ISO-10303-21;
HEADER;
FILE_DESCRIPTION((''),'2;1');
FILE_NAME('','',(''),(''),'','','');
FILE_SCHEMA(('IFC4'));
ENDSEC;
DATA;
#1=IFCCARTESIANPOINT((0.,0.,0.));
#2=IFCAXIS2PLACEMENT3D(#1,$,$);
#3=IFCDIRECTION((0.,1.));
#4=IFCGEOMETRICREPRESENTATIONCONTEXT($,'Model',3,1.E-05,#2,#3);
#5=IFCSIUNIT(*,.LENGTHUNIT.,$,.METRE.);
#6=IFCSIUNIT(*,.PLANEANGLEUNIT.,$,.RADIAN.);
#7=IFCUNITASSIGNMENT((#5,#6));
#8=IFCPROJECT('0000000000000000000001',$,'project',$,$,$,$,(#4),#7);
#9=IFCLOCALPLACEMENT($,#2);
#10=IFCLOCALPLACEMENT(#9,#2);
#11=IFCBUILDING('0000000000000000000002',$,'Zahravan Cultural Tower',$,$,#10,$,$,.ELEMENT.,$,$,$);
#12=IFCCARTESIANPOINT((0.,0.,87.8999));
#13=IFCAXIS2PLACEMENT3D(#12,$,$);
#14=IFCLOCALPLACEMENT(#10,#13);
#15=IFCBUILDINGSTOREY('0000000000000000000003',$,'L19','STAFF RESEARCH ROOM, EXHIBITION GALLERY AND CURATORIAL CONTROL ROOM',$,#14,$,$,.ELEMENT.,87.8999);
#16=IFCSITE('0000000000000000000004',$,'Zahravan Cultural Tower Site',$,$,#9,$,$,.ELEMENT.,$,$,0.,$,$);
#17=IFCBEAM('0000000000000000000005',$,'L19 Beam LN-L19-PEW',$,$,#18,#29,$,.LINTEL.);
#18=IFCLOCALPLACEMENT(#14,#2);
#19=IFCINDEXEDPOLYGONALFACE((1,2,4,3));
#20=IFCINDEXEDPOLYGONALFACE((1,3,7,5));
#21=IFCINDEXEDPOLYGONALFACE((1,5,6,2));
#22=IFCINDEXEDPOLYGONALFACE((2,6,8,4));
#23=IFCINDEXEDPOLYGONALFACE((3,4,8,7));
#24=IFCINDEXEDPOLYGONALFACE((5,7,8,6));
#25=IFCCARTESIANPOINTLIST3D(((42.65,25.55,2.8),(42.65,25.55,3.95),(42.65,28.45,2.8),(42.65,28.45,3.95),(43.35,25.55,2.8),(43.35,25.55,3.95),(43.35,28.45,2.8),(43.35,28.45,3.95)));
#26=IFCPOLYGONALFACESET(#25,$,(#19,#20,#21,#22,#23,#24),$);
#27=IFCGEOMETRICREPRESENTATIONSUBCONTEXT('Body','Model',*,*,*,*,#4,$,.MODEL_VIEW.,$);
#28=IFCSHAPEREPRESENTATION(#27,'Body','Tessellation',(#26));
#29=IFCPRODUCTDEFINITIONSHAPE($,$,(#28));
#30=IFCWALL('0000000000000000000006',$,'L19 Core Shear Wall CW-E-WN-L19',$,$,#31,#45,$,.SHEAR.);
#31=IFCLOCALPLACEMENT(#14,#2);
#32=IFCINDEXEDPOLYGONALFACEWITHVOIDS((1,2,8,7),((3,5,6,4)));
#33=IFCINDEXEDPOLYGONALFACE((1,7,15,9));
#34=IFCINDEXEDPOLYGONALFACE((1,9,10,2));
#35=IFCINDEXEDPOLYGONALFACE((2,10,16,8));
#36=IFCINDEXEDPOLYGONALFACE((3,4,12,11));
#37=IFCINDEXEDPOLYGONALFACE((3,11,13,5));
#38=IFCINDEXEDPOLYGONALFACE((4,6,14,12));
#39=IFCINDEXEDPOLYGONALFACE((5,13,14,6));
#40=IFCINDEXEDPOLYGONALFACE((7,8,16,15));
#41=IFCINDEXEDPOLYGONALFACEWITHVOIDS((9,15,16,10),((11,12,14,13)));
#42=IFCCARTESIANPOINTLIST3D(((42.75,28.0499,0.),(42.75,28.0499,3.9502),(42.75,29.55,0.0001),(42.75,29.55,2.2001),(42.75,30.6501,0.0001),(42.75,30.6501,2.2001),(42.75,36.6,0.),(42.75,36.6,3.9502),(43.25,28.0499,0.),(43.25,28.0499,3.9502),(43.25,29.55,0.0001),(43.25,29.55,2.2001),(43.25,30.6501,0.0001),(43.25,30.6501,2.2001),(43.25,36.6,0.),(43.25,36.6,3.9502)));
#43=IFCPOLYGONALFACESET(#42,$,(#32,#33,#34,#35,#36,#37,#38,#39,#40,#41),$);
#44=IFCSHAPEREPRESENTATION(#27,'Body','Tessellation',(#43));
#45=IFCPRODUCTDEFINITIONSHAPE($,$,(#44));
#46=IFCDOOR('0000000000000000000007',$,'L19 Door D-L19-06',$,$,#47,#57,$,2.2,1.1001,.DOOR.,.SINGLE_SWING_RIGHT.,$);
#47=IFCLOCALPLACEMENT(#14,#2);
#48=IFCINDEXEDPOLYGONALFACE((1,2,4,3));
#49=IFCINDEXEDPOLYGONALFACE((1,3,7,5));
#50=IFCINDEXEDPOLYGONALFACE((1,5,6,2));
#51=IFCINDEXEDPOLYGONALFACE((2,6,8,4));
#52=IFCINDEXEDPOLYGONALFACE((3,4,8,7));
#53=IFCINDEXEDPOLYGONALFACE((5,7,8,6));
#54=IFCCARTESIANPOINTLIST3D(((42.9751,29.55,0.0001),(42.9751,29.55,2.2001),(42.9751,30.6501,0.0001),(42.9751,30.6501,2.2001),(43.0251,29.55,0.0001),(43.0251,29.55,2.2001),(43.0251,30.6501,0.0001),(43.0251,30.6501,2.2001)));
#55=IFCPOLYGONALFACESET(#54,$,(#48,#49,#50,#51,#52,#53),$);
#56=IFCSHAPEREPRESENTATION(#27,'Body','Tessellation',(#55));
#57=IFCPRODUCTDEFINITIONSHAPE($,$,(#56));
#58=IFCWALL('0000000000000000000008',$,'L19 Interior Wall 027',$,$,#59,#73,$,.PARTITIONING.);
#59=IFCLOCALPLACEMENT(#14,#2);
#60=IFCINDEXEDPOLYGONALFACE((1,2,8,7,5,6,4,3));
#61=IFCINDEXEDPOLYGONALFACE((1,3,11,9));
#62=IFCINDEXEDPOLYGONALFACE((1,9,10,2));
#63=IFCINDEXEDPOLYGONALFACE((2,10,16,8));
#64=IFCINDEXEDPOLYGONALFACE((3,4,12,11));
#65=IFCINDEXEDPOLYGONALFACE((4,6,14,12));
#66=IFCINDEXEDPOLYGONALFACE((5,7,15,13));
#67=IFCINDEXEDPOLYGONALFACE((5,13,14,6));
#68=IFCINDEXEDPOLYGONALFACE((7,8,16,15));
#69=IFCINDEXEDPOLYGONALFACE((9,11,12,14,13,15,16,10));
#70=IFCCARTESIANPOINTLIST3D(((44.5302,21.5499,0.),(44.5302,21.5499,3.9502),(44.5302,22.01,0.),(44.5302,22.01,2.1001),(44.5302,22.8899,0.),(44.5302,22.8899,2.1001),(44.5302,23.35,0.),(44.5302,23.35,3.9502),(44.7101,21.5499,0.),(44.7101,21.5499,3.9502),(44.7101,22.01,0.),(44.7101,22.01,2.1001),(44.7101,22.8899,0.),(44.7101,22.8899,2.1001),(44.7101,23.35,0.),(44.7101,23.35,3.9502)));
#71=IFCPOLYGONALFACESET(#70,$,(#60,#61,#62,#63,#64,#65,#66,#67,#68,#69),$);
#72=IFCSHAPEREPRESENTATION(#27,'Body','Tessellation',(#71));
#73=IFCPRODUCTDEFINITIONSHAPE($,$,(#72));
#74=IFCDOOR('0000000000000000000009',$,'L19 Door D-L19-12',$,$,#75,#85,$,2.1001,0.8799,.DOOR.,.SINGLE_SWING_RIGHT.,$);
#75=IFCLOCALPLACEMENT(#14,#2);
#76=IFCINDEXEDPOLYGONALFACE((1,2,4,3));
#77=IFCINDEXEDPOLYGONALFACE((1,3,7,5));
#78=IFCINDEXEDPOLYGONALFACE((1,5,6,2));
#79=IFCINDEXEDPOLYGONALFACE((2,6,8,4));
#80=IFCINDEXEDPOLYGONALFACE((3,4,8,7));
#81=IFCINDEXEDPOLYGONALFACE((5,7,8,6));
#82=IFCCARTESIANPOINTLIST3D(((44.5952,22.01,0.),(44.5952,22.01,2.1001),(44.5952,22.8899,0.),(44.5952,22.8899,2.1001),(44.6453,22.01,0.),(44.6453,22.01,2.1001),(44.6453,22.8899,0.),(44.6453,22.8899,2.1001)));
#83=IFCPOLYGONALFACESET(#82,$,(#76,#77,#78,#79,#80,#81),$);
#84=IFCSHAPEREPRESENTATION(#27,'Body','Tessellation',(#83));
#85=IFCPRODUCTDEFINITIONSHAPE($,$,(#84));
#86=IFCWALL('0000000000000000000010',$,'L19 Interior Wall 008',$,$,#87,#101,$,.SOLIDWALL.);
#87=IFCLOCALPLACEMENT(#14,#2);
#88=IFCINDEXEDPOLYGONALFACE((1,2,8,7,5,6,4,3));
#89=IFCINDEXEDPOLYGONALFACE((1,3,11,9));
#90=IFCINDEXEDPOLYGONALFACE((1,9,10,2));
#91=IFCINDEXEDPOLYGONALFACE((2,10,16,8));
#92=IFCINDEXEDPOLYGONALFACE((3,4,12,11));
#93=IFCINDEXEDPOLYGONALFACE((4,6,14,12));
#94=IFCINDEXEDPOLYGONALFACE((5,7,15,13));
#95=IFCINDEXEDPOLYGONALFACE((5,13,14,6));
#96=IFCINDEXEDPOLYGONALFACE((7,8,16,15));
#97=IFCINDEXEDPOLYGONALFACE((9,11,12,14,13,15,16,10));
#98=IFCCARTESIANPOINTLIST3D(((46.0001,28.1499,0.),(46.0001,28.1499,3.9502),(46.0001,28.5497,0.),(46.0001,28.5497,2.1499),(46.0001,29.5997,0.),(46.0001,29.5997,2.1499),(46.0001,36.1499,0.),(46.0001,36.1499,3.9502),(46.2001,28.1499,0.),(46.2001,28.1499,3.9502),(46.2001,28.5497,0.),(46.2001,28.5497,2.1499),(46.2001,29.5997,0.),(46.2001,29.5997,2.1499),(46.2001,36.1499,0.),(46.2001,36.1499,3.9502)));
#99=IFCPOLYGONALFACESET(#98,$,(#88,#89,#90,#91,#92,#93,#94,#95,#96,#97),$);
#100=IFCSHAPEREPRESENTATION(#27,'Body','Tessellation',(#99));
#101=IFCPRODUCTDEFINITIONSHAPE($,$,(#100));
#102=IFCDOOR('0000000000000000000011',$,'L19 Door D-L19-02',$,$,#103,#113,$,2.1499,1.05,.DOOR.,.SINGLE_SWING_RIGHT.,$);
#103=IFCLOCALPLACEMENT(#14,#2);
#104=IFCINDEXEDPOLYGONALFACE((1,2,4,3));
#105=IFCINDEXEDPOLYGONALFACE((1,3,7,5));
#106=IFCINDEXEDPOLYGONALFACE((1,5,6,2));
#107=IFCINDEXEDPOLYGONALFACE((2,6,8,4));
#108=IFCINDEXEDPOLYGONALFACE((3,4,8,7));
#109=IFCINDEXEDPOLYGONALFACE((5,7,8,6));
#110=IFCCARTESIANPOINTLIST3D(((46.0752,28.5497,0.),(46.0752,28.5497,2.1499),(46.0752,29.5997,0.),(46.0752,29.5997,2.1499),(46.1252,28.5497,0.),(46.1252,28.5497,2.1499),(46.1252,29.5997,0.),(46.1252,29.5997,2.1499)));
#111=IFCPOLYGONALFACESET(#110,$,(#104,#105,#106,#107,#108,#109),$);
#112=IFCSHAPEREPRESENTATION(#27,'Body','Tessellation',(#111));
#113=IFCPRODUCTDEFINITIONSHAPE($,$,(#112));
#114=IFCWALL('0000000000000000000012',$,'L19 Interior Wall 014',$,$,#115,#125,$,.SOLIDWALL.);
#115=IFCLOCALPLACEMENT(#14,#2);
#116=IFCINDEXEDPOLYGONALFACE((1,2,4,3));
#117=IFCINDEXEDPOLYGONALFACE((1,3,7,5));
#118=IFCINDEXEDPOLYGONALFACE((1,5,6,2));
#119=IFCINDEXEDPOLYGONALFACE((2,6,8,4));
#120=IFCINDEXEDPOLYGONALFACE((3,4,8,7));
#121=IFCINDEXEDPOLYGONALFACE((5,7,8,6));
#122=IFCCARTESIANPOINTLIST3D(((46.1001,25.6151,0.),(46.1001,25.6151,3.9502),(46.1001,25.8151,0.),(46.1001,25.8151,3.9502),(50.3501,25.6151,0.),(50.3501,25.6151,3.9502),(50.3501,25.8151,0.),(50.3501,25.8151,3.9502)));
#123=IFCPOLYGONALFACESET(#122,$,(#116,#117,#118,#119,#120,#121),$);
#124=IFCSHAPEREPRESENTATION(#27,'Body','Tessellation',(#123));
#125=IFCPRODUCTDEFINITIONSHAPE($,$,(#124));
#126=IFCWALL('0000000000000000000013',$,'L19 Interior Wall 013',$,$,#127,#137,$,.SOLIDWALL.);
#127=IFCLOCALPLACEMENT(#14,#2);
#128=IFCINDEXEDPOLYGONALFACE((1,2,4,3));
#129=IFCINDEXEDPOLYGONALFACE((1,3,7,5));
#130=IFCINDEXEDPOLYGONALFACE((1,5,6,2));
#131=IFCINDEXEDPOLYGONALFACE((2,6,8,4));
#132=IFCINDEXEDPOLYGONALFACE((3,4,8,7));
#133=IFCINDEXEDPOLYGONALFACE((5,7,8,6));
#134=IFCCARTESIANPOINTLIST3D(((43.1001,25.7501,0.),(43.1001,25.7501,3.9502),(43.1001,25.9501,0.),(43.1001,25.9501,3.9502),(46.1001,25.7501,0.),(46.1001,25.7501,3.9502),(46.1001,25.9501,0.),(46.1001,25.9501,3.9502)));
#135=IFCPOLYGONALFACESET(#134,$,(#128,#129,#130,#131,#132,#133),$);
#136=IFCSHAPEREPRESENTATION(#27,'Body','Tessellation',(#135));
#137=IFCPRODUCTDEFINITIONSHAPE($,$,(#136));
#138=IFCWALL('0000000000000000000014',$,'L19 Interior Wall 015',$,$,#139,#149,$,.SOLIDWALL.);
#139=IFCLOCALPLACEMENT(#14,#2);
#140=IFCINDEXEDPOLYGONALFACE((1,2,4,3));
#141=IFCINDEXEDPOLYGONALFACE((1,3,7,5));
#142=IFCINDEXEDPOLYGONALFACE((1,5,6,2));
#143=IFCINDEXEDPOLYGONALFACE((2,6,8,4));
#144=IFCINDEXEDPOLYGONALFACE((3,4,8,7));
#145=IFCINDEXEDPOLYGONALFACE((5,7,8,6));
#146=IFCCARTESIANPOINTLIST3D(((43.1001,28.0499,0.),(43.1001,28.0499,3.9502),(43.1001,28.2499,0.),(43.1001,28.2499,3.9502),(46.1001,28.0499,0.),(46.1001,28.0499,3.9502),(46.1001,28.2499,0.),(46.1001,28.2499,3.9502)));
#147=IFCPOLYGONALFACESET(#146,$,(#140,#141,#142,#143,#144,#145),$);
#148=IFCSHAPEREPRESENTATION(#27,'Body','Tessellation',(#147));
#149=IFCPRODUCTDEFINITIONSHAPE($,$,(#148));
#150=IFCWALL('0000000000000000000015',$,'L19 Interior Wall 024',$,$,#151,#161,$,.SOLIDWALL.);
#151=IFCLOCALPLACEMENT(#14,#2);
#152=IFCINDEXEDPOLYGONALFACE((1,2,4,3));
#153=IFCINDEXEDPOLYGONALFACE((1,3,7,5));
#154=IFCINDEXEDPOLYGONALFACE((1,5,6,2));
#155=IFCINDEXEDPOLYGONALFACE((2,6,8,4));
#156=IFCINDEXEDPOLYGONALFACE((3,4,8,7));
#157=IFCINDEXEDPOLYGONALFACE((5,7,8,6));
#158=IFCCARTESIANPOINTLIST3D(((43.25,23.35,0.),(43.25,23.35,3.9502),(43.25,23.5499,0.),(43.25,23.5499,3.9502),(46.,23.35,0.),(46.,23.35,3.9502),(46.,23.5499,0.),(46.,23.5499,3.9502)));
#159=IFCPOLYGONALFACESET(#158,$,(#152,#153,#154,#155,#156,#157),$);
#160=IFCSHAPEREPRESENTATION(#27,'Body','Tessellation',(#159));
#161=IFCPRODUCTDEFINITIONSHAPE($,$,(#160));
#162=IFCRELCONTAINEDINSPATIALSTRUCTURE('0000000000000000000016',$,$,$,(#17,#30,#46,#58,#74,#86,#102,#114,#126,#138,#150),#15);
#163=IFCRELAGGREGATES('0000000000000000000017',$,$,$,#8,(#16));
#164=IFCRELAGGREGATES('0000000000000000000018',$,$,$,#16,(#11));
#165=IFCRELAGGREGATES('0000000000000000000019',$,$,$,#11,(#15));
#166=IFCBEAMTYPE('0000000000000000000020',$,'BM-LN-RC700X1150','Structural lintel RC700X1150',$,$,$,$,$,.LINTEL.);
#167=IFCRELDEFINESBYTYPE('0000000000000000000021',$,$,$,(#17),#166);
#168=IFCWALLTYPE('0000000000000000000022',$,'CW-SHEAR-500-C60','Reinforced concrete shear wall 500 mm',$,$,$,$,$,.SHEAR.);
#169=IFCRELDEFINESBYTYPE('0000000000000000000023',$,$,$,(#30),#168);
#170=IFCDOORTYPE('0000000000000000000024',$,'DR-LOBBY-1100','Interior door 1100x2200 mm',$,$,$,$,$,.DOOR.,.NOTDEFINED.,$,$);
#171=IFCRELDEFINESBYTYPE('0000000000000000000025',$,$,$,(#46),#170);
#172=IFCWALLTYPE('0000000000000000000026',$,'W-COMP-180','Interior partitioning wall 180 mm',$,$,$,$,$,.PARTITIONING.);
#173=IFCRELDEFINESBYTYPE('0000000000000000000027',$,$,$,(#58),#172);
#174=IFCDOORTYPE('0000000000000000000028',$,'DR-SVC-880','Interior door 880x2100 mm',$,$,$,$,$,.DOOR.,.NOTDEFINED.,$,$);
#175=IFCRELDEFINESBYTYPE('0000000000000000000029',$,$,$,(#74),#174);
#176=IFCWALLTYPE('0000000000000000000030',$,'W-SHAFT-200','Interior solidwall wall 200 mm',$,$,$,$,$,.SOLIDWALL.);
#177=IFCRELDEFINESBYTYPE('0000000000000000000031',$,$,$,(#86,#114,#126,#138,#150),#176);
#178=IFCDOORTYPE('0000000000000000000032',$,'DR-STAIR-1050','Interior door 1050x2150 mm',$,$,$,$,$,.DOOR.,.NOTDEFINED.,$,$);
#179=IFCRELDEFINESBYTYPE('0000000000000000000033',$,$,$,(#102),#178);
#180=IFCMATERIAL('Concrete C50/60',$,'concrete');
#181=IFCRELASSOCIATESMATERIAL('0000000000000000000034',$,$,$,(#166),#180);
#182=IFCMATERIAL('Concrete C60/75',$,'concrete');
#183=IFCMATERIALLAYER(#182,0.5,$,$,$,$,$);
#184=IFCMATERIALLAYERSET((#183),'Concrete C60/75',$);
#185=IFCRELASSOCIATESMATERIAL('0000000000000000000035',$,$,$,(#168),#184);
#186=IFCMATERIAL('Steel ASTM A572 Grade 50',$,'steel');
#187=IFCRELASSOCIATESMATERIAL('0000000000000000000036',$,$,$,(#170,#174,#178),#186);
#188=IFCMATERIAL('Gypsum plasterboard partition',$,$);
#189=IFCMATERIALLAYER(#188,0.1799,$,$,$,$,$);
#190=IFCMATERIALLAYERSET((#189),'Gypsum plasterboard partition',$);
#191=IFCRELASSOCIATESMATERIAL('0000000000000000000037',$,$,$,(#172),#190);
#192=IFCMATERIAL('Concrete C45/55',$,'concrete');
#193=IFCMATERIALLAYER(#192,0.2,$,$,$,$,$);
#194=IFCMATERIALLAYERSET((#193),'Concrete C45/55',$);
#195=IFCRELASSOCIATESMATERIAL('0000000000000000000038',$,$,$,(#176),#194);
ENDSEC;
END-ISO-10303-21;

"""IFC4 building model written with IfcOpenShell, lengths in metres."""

from ifc_helpers import new_model, si_unit, direction, frame, frame_2d, origin, origin_2d, place, context, subcontext, project, spatial, rectangle, extrude, source, transform, mapped, material, layer, layer_set, material_profile, profile_set, type_object, element, fill, save


model = new_model("IFC4")

# Units and contexts
model_context = context("Model", 3, precision=1e-05, world=origin(), true_north=direction((0.0, 1.0)))
body_context = subcontext(model_context, "Body", "Model", "MODEL_VIEW")
ifc_project = project(units=[si_unit("LENGTHUNIT", "METRE"), si_unit("PLANEANGLEUNIT", "RADIAN")], contexts=[model_context])

# Site, building, storey
site_placement = place(None, origin())
site = spatial("IfcSite", under=ifc_project, at=site_placement, Name="Zahravan Cultural Tower Site", CompositionType="ELEMENT", RefElevation=0.0)
building_placement = place(site_placement, origin())
building = spatial("IfcBuilding", under=site, at=building_placement, Name="Zahravan Cultural Tower", CompositionType="ELEMENT")
storey_placement = place(building_placement, frame((0.0, 0.0, 87.8999)))
storey = spatial("IfcBuildingStorey", under=building, at=storey_placement, Name="L19", Description="STAFF RESEARCH ROOM, EXHIBITION GALLERY AND CURATORIAL CONTROL ROOM", CompositionType="ELEMENT", Elevation=87.8999)

# Beam
ifc_material_1 = material(Name="Concrete C50/60", Category="concrete")
ifc_material_profile = material_profile(ifc_material_1, rectangle(XDim=0.7, YDim=1.1499, at=origin_2d()), Name="RC700X1150")
ifc_profile_set = profile_set([ifc_material_profile], Name="Concrete C50/60")
beam_type = type_object("IfcBeamType", Name="BM-LN-RC700X1150", Description="Structural lintel RC700X1150", PredefinedType="LINTEL", material=ifc_profile_set)
shared_shape_1 = source(origin(), body_context, "Body", "SweptSolid", [
    extrude(rectangle(XDim=0.7, YDim=1.1499, at=origin_2d()), origin(), (0.0, 0.0, 1.0), 2.8999),
])
beam_placement = place(storey_placement, frame((43.0, 25.55, 3.375), z_axis=(0.0, 1.0, 0.0), x_axis=(-1.0, 0.0, 0.0)))
element("IfcBeam", 1, at=beam_placement, inside=storey, type_object=beam_type, Name="L19 Beam LN-L19-PEW", PredefinedType="LINTEL", context=body_context, shape_type="MappedRepresentation", body=[
    mapped(shared_shape_1, transform((0.0, 0.0, 0.0), x_axis=(1.0, 0.0, 0.0), y_axis=(0.0, 1.0, 0.0), z_axis=(0.0, 0.0, 1.0), scale=1.0)),
])

# Walls, openings, doors
ifc_material_2 = material(Name="Concrete C60/75", Category="concrete")
ifc_layer_1 = layer(ifc_material_2, 0.5)
ifc_layer_set_1 = layer_set([ifc_layer_1], Name="Concrete C60/75")
wall_type_1 = type_object("IfcWallType", Name="CW-SHEAR-500-C60", Description="Reinforced concrete shear wall 500 mm", PredefinedType="SHEAR", material=ifc_layer_set_1)
wall_1_placement = place(storey_placement, frame((43.0, 28.05, 0.0), z_axis=(0.0, 0.0, 1.0), x_axis=(0.0, 1.0, 0.0)))
wall_1 = element("IfcWall", 2, at=wall_1_placement, inside=storey, type_object=wall_type_1, Name="L19 Core Shear Wall CW-E-WN-L19", PredefinedType="SHEAR", context=body_context, shape_type="SweptSolid", body=[
    extrude(rectangle(XDim=8.55, YDim=0.5, at=frame_2d((4.2749, 0.0))), origin(), (0.0, 0.0, 1.0), 3.9502),
])
opening_1_placement = place(wall_1_placement, frame((1.5, 0.0, 0.0)))
opening_1 = element("IfcOpeningElement", 3, at=opening_1_placement, cuts=wall_1, PredefinedType="OPENING", context=body_context, shape_type="SweptSolid", body=[
    extrude(rectangle(XDim=1.1001, YDim=2.2, at=frame_2d((0.55, 1.1001))), frame((0.0, 0.26, 0.0), z_axis=(0.0, -1.0, 0.0), x_axis=(1.0, 0.0, 0.0)), (0.0, 0.0, 1.0), 0.52),
])
ifc_material_3 = material(Name="Steel ASTM A572 Grade 50", Category="steel")
door_type_1 = type_object("IfcDoorType", Name="DR-LOBBY-1100", Description="Interior door 1100x2200 mm", OperationType="NOTDEFINED", PredefinedType="DOOR", material=ifc_material_3)
shared_shape_2 = source(origin(), body_context, "Body", "SweptSolid", [
    extrude(rectangle(XDim=1.1001, YDim=2.2, at=frame_2d((0.55, 1.1001))), frame((0.0, 0.0249, 0.0), z_axis=(0.0, -1.0, 0.0), x_axis=(1.0, 0.0, 0.0)), (0.0, 0.0, 1.0), 0.05),
])
door_1_placement = place(opening_1_placement, origin())
door_1 = element("IfcDoor", 4, at=door_1_placement, inside=storey, type_object=door_type_1, Name="L19 Door D-L19-06", OperationType="SINGLE_SWING_RIGHT", OverallHeight=2.2, OverallWidth=1.1001, PredefinedType="DOOR", context=body_context, shape_type="MappedRepresentation", body=[
    mapped(shared_shape_2, transform((0.0, 0.0, 0.0), x_axis=(1.0, 0.0, 0.0), y_axis=(0.0, 1.0, 0.0), z_axis=(0.0, 0.0, 1.0), scale=1.0)),
])
fill(opening_1, door_1)
ifc_material_4 = material(Name="Gypsum plasterboard partition")
ifc_layer_2 = layer(ifc_material_4, 0.1799)
ifc_layer_set_2 = layer_set([ifc_layer_2], Name="Gypsum plasterboard partition")
wall_type_2 = type_object("IfcWallType", Name="W-COMP-180", Description="Interior partitioning wall 180 mm", PredefinedType="PARTITIONING", material=ifc_layer_set_2)
wall_2_placement = place(storey_placement, frame((44.6201, 21.55, 0.0), z_axis=(0.0, 0.0, 1.0), x_axis=(0.0, 1.0, 0.0)))
wall_2 = element("IfcWall", 5, at=wall_2_placement, inside=storey, type_object=wall_type_2, Name="L19 Interior Wall 027", PredefinedType="PARTITIONING", context=body_context, shape_type="SweptSolid", body=[
    extrude(rectangle(XDim=1.8, YDim=0.1799, at=frame_2d((0.8999, 0.0))), origin(), (0.0, 0.0, 1.0), 3.9502),
])
opening_2_placement = place(wall_2_placement, frame((0.46, 0.0, 0.0)))
opening_2 = element("IfcOpeningElement", 6, at=opening_2_placement, cuts=wall_2, PredefinedType="OPENING", context=body_context, shape_type="SweptSolid", body=[
    extrude(rectangle(XDim=0.8799, YDim=2.1001, at=frame_2d((0.4399, 1.05))), frame((0.0, 0.0999, 0.0), z_axis=(0.0, -1.0, 0.0), x_axis=(1.0, 0.0, 0.0)), (0.0, 0.0, 1.0), 0.2),
])
door_type_2 = type_object("IfcDoorType", Name="DR-SVC-880", Description="Interior door 880x2100 mm", OperationType="NOTDEFINED", PredefinedType="DOOR", material=ifc_material_3)
shared_shape_3 = source(origin(), body_context, "Body", "SweptSolid", [
    extrude(rectangle(XDim=0.8799, YDim=2.1001, at=frame_2d((0.4399, 1.05))), frame((0.0, 0.0249, 0.0), z_axis=(0.0, -1.0, 0.0), x_axis=(1.0, 0.0, 0.0)), (0.0, 0.0, 1.0), 0.05),
])
door_2_placement = place(opening_2_placement, origin())
door_2 = element("IfcDoor", 7, at=door_2_placement, inside=storey, type_object=door_type_2, Name="L19 Door D-L19-12", OperationType="SINGLE_SWING_RIGHT", OverallHeight=2.1001, OverallWidth=0.8799, PredefinedType="DOOR", context=body_context, shape_type="MappedRepresentation", body=[
    mapped(shared_shape_3, transform((0.0, 0.0, 0.0), x_axis=(1.0, 0.0, 0.0), y_axis=(0.0, 1.0, 0.0), z_axis=(0.0, 0.0, 1.0), scale=1.0)),
])
fill(opening_2, door_2)
ifc_material_5 = material(Name="Concrete C45/55", Category="concrete")
ifc_layer_3 = layer(ifc_material_5, 0.2)
ifc_layer_set_3 = layer_set([ifc_layer_3], Name="Concrete C45/55")
wall_type_3 = type_object("IfcWallType", Name="W-SHAFT-200", Description="Interior solidwall wall 200 mm", PredefinedType="SOLIDWALL", material=ifc_layer_set_3)
wall_3_placement = place(storey_placement, frame((46.1001, 28.1499, 0.0), z_axis=(0.0, 0.0, 1.0), x_axis=(0.0, 1.0, 0.0)))
wall_3 = element("IfcWall", 8, at=wall_3_placement, inside=storey, type_object=wall_type_3, Name="L19 Interior Wall 008", PredefinedType="SOLIDWALL", context=body_context, shape_type="SweptSolid", body=[
    extrude(rectangle(XDim=8.0, YDim=0.2, at=frame_2d((4.0, 0.0))), origin(), (0.0, 0.0, 1.0), 3.9502),
])
opening_3_placement = place(wall_3_placement, frame((0.3999, 0.0, 0.0)))
opening_3 = element("IfcOpeningElement", 9, at=opening_3_placement, cuts=wall_3, PredefinedType="OPENING", context=body_context, shape_type="SweptSolid", body=[
    extrude(rectangle(XDim=1.05, YDim=2.1499, at=frame_2d((0.5249, 1.075))), frame((0.0, 0.1099, 0.0), z_axis=(0.0, -1.0, 0.0), x_axis=(1.0, 0.0, 0.0)), (0.0, 0.0, 1.0), 0.22),
])
door_type_3 = type_object("IfcDoorType", Name="DR-STAIR-1050", Description="Interior door 1050x2150 mm", OperationType="NOTDEFINED", PredefinedType="DOOR", material=ifc_material_3)
shared_shape_4 = source(origin(), body_context, "Body", "SweptSolid", [
    extrude(rectangle(XDim=1.05, YDim=2.1499, at=frame_2d((0.5249, 1.075))), frame((0.0, 0.0249, 0.0), z_axis=(0.0, -1.0, 0.0), x_axis=(1.0, 0.0, 0.0)), (0.0, 0.0, 1.0), 0.05),
])
door_3_placement = place(opening_3_placement, origin())
door_3 = element("IfcDoor", 10, at=door_3_placement, inside=storey, type_object=door_type_3, Name="L19 Door D-L19-02", OperationType="SINGLE_SWING_RIGHT", OverallHeight=2.1499, OverallWidth=1.05, PredefinedType="DOOR", context=body_context, shape_type="MappedRepresentation", body=[
    mapped(shared_shape_4, transform((0.0, 0.0, 0.0), x_axis=(1.0, 0.0, 0.0), y_axis=(0.0, 1.0, 0.0), z_axis=(0.0, 0.0, 1.0), scale=1.0)),
])
fill(opening_3, door_3)

# Walls
shared_shape_5 = source(origin(), body_context, "Body", "SweptSolid", [
    extrude(rectangle(XDim=4.25, YDim=0.2, at=frame_2d((2.125, 0.0))), origin(), (0.0, 0.0, 1.0), 3.9502),
])
wall_4_placement = place(storey_placement, frame((46.1001, 25.7151, 0.0), z_axis=(0.0, 0.0, 1.0), x_axis=(1.0, 0.0, 0.0)))
element("IfcWall", 11, at=wall_4_placement, inside=storey, type_object=wall_type_3, Name="L19 Interior Wall 014", PredefinedType="SOLIDWALL", context=body_context, shape_type="MappedRepresentation", body=[
    mapped(shared_shape_5, transform((0.0, 0.0, 0.0), x_axis=(1.0, 0.0, 0.0), y_axis=(0.0, 1.0, 0.0), z_axis=(0.0, 0.0, 1.0), scale=1.0)),
])
shared_shape_6 = source(origin(), body_context, "Body", "SweptSolid", [
    extrude(rectangle(XDim=3.0, YDim=0.2, at=frame_2d((1.5, 0.0))), origin(), (0.0, 0.0, 1.0), 3.9502),
])
for number, where, z_axis, x_axis, name in (
    (12, (43.1001, 25.8501, 0.0), (0.0, 0.0, 1.0), (1.0, 0.0, 0.0), "L19 Interior Wall 013"),
    (13, (43.1001, 28.1499, 0.0), (0.0, 0.0, 1.0), (1.0, 0.0, 0.0), "L19 Interior Wall 015"),
):
    element("IfcWall", number, at=place(storey_placement, frame(where, z_axis=z_axis, x_axis=x_axis)), inside=storey, type_object=wall_type_3, Name=name, PredefinedType="SOLIDWALL", context=body_context, shape_type="MappedRepresentation", body=[
        mapped(shared_shape_6, transform((0.0, 0.0, 0.0), x_axis=(1.0, 0.0, 0.0), y_axis=(0.0, 1.0, 0.0), z_axis=(0.0, 0.0, 1.0), scale=1.0)),
    ])
shared_shape_7 = source(origin(), body_context, "Body", "SweptSolid", [
    extrude(rectangle(XDim=2.75, YDim=0.2, at=frame_2d((1.375, 0.0))), origin(), (0.0, 0.0, 1.0), 3.9502),
])
for number, where, z_axis, x_axis, name in (
    (14, (43.25, 23.45, 0.0), (0.0, 0.0, 1.0), (1.0, 0.0, 0.0), "L19 Interior Wall 024"),
):
    element("IfcWall", number, at=place(storey_placement, frame(where, z_axis=z_axis, x_axis=x_axis)), inside=storey, type_object=wall_type_3, Name=name, PredefinedType="SOLIDWALL", context=body_context, shape_type="MappedRepresentation", body=[
        mapped(shared_shape_7, transform((0.0, 0.0, 0.0), x_axis=(1.0, 0.0, 0.0), y_axis=(0.0, 1.0, 0.0), z_axis=(0.0, 0.0, 1.0), scale=1.0)),
    ])

save(model, "model.ifc")
